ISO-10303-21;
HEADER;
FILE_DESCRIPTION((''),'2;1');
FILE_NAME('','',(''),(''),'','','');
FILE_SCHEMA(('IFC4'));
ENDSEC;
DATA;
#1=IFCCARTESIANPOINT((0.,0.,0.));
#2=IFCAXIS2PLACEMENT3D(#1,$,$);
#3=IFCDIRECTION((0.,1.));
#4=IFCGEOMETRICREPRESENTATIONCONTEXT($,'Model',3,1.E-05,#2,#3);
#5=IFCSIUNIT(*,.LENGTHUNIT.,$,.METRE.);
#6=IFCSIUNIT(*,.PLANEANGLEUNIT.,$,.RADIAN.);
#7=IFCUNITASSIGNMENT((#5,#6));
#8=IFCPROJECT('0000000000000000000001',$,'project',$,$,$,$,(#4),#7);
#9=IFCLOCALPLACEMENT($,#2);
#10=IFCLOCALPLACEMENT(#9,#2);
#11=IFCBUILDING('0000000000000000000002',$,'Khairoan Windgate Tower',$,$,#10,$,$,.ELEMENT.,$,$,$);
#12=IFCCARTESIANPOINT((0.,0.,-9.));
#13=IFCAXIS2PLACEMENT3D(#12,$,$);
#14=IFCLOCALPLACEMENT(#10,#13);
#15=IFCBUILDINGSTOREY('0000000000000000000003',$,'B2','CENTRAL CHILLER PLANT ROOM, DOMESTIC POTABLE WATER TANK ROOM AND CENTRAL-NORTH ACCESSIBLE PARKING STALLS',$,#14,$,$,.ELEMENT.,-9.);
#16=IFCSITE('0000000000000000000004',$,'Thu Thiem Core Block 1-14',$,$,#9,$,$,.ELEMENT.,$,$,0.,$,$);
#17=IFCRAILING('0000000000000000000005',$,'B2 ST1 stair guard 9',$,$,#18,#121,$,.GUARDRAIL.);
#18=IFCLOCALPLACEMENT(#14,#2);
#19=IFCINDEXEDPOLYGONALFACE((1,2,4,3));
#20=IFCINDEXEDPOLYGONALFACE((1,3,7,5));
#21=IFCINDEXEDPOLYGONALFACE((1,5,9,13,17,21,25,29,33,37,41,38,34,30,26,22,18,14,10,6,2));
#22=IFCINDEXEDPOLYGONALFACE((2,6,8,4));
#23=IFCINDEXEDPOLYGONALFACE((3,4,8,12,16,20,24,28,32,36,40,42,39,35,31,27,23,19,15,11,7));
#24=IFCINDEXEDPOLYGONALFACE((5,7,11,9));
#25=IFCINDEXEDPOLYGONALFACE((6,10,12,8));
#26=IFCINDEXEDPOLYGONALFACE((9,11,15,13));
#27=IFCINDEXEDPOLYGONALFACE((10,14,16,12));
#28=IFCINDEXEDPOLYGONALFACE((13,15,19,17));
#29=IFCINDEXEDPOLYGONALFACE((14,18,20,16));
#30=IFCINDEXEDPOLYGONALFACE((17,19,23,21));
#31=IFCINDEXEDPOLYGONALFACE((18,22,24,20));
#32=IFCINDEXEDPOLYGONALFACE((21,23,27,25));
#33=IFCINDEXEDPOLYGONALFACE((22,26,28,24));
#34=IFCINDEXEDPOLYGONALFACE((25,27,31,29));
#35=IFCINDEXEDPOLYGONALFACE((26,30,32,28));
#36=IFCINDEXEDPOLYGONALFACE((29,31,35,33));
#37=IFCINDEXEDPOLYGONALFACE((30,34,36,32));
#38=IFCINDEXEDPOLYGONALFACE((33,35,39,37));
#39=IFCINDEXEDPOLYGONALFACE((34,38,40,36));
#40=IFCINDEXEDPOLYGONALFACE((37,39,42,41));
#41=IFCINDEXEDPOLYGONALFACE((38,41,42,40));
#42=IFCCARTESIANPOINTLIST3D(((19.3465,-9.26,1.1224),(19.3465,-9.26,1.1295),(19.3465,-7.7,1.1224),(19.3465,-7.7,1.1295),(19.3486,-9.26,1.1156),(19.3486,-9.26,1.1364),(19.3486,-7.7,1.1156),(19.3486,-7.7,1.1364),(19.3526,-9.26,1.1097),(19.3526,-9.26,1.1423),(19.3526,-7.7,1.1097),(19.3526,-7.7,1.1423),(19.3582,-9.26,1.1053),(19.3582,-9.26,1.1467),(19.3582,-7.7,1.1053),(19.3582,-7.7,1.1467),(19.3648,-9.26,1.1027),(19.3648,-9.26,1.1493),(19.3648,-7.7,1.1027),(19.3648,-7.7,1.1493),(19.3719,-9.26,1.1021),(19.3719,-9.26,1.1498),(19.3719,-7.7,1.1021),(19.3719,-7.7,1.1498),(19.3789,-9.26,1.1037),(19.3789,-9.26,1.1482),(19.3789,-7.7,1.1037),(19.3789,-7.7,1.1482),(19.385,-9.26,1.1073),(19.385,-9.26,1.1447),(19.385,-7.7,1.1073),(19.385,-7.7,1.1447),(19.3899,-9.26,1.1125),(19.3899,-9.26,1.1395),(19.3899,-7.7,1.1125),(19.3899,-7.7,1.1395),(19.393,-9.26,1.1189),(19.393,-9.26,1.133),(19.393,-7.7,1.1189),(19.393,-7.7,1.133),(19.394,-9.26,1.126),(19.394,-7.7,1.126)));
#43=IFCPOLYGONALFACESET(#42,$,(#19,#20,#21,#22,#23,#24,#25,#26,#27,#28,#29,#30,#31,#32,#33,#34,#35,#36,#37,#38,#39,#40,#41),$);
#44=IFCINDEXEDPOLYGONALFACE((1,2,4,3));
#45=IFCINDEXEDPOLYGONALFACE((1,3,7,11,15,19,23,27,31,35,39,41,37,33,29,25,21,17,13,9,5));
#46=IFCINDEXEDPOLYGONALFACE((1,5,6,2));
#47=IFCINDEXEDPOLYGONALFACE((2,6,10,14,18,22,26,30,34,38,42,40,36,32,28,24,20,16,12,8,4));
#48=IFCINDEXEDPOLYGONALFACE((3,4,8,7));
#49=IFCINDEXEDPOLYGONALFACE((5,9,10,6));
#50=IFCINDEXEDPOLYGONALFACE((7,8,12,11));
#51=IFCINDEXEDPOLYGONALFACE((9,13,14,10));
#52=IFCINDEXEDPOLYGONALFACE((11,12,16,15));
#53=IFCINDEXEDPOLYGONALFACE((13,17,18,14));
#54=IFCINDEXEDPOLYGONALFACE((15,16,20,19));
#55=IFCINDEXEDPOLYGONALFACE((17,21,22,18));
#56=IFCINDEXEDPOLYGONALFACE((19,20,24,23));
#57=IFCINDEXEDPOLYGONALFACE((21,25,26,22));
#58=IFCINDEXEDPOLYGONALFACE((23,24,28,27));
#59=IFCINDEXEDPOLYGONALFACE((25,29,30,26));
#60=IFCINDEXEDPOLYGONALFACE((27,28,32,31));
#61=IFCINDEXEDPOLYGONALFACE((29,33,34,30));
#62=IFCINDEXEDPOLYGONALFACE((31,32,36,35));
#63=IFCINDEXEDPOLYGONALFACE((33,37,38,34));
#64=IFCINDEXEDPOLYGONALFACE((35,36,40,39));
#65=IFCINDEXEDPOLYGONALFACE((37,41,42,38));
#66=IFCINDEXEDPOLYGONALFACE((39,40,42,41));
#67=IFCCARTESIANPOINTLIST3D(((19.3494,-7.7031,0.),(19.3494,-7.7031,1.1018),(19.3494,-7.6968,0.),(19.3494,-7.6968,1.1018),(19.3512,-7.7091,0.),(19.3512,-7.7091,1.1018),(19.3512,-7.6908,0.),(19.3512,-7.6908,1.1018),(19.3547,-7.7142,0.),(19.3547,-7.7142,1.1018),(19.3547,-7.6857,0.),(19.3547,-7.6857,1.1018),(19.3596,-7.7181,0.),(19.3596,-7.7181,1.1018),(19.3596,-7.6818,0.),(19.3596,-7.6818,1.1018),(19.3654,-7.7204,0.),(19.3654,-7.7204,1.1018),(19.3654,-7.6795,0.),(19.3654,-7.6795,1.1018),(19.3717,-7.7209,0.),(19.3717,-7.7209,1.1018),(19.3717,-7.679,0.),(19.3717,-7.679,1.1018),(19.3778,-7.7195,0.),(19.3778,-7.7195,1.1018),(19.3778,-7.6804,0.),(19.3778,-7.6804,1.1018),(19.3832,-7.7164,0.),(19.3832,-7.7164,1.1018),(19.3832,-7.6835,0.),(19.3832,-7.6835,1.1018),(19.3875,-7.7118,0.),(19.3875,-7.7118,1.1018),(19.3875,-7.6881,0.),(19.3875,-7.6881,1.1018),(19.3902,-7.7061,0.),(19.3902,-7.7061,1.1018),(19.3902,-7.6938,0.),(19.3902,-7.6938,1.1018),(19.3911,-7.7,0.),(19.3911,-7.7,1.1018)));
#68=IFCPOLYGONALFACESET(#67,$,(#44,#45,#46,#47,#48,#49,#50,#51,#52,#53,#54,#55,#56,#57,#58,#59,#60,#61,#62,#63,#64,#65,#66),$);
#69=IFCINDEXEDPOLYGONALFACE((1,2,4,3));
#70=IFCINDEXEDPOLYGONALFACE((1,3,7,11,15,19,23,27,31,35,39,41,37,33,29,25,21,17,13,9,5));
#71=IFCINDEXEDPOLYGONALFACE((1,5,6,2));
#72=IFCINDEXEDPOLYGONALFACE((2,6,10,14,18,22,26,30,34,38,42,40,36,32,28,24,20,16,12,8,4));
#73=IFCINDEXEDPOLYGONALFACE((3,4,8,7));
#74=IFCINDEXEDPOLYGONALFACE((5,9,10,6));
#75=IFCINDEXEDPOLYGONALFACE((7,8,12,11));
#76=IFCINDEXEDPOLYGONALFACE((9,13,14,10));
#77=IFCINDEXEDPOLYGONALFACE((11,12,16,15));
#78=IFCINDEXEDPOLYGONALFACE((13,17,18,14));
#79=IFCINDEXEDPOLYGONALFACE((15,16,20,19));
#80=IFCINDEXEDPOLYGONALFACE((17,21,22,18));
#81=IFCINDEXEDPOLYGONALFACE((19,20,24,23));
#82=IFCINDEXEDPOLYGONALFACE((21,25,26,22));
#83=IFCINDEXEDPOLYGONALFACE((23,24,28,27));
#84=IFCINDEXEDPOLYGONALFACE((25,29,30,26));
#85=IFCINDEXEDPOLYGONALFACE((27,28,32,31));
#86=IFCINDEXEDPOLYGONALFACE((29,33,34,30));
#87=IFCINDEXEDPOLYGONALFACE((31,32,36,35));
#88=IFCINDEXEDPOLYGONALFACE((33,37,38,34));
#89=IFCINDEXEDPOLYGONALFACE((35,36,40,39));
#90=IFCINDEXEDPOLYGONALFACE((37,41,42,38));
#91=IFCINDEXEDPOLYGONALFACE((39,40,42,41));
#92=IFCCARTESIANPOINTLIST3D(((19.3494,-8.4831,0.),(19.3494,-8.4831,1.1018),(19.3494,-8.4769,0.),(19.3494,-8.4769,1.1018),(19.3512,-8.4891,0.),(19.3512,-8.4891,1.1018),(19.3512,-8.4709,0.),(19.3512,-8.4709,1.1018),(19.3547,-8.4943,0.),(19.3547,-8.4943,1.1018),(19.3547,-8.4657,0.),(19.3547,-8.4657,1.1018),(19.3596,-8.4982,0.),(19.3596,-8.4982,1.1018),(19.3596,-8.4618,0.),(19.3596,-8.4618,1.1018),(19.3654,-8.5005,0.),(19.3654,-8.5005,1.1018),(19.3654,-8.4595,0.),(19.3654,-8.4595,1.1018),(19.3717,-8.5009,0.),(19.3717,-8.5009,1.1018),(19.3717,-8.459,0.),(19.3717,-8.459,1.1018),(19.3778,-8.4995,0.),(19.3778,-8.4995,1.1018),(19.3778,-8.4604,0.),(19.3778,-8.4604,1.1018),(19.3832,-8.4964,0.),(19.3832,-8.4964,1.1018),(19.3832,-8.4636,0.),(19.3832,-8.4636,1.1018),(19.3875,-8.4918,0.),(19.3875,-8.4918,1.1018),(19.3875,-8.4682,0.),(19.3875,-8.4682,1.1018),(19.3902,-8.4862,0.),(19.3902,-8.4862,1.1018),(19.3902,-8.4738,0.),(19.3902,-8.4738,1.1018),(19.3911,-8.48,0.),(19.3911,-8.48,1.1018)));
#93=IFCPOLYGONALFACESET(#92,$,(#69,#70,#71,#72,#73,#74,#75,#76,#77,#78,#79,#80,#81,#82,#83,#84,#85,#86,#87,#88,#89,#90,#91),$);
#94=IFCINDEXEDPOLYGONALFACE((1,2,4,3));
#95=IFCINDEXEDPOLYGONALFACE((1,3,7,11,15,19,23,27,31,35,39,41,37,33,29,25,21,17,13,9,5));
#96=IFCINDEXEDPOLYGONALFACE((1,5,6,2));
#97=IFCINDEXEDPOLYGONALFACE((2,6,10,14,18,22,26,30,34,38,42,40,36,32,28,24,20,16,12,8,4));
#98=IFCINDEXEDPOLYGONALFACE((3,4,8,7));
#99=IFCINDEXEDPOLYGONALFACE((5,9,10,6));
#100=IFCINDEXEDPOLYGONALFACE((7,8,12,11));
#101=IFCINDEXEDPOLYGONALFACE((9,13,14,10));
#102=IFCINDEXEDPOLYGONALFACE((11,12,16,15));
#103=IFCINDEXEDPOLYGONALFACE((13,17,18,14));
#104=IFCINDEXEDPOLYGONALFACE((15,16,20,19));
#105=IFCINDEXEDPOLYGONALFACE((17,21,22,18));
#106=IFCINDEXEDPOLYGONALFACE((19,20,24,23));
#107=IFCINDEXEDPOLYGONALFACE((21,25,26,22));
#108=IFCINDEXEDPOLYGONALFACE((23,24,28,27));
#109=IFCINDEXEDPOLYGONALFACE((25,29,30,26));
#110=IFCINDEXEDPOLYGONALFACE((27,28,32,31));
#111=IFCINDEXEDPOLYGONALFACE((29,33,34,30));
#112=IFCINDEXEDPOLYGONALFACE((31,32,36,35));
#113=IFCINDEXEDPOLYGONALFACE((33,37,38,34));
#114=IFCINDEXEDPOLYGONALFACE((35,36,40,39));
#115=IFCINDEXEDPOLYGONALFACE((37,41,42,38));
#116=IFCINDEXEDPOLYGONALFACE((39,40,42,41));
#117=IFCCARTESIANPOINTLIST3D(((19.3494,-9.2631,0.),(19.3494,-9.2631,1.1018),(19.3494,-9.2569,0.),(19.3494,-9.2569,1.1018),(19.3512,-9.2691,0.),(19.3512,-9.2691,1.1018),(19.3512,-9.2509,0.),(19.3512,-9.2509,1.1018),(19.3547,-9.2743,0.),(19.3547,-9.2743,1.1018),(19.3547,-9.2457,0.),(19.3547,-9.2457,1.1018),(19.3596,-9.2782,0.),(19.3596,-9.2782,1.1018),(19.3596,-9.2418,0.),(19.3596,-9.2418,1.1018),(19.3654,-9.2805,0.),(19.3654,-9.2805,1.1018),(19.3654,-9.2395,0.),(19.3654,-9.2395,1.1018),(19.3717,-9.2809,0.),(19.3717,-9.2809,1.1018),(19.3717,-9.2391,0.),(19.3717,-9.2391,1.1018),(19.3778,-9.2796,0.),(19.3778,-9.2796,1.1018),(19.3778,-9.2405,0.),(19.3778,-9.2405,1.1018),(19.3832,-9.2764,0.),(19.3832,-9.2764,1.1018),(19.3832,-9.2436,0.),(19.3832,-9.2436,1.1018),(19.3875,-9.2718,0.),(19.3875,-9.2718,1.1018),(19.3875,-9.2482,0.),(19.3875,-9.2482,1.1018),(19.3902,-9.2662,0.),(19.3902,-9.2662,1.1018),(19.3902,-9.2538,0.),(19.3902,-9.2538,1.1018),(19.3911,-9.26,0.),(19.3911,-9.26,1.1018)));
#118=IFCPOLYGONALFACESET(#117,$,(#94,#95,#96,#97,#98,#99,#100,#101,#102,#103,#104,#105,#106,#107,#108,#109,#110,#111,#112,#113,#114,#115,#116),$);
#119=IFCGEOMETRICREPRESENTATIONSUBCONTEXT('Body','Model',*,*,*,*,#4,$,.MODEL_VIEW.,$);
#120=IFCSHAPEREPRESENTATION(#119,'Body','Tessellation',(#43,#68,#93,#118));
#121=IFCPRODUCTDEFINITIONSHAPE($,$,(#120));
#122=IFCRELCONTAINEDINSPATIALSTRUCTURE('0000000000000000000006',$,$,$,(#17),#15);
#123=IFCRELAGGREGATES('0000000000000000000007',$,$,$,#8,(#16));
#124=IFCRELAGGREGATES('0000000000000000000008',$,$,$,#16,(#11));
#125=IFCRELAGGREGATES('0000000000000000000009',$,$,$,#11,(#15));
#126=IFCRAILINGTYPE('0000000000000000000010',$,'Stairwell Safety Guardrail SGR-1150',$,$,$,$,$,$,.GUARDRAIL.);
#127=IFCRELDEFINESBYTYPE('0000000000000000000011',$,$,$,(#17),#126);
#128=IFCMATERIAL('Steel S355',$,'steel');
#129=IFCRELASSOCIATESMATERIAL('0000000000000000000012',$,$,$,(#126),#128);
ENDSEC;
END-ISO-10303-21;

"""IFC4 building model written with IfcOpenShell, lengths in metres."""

from ifc_helpers import new_model, si_unit, direction, frame, origin, origin_2d, place, context, subcontext, project, spatial, circle, extrude, material, type_object, element, save


model = new_model("IFC4")

# Units and contexts
model_context = context("Model", 3, precision=1e-05, world=origin(), true_north=direction((0.0, 1.0)))
body_context = subcontext(model_context, "Body", "Model", "MODEL_VIEW")
ifc_project = project(units=[si_unit("LENGTHUNIT", "METRE"), si_unit("PLANEANGLEUNIT", "RADIAN")], contexts=[model_context])

# Site, building, storey
site_placement = place(None, origin())
site = spatial("IfcSite", under=ifc_project, at=site_placement, Name="Thu Thiem Core Block 1-14", CompositionType="ELEMENT", RefElevation=0.0)
building_placement = place(site_placement, origin())
building = spatial("IfcBuilding", under=site, at=building_placement, Name="Khairoan Windgate Tower", CompositionType="ELEMENT")
storey_placement = place(building_placement, frame((0.0, 0.0, -9.0)))
storey = spatial("IfcBuildingStorey", under=building, at=storey_placement, Name="B2", Description="CENTRAL CHILLER PLANT ROOM, DOMESTIC POTABLE WATER TANK ROOM AND CENTRAL-NORTH ACCESSIBLE PARKING STALLS", CompositionType="ELEMENT", Elevation=-9.0)

# Railing
ifc_material_1 = material(Name="Steel S355", Category="steel")
railing_type_1 = type_object("IfcRailingType", Name="Stairwell Safety Guardrail SGR-1150", PredefinedType="GUARDRAIL", material=ifc_material_1)
for number, where, name in (
    (1, (19.3701, -7.7, 0.0), "B2 ST1 stair guard 9"),
):
    element("IfcRailing", number, at=place(storey_placement, frame(where)), inside=storey, type_object=railing_type_1, Name=name, PredefinedType="GUARDRAIL", context=body_context, shape_type="SweptSolid", body=[
        extrude(circle(Radius=0.0239, at=origin_2d()), frame((0.0, 0.0, 1.126), z_axis=(0.0, -1.0, 0.0), x_axis=(1.0, 0.0, 0.0)), (0.0, 0.0, 1.0), 1.5601),
        extrude(circle(Radius=0.021, at=origin_2d()), origin(), (0.0, 0.0, 1.0), 1.1018),
        extrude(circle(Radius=0.021, at=origin_2d()), frame((0.0, -0.78, 0.0)), (0.0, 0.0, 1.0), 1.1018),
        extrude(circle(Radius=0.021, at=origin_2d()), frame((0.0, -1.5601, 0.0)), (0.0, 0.0, 1.0), 1.1018),
    ])

save(model, "model.ifc")
